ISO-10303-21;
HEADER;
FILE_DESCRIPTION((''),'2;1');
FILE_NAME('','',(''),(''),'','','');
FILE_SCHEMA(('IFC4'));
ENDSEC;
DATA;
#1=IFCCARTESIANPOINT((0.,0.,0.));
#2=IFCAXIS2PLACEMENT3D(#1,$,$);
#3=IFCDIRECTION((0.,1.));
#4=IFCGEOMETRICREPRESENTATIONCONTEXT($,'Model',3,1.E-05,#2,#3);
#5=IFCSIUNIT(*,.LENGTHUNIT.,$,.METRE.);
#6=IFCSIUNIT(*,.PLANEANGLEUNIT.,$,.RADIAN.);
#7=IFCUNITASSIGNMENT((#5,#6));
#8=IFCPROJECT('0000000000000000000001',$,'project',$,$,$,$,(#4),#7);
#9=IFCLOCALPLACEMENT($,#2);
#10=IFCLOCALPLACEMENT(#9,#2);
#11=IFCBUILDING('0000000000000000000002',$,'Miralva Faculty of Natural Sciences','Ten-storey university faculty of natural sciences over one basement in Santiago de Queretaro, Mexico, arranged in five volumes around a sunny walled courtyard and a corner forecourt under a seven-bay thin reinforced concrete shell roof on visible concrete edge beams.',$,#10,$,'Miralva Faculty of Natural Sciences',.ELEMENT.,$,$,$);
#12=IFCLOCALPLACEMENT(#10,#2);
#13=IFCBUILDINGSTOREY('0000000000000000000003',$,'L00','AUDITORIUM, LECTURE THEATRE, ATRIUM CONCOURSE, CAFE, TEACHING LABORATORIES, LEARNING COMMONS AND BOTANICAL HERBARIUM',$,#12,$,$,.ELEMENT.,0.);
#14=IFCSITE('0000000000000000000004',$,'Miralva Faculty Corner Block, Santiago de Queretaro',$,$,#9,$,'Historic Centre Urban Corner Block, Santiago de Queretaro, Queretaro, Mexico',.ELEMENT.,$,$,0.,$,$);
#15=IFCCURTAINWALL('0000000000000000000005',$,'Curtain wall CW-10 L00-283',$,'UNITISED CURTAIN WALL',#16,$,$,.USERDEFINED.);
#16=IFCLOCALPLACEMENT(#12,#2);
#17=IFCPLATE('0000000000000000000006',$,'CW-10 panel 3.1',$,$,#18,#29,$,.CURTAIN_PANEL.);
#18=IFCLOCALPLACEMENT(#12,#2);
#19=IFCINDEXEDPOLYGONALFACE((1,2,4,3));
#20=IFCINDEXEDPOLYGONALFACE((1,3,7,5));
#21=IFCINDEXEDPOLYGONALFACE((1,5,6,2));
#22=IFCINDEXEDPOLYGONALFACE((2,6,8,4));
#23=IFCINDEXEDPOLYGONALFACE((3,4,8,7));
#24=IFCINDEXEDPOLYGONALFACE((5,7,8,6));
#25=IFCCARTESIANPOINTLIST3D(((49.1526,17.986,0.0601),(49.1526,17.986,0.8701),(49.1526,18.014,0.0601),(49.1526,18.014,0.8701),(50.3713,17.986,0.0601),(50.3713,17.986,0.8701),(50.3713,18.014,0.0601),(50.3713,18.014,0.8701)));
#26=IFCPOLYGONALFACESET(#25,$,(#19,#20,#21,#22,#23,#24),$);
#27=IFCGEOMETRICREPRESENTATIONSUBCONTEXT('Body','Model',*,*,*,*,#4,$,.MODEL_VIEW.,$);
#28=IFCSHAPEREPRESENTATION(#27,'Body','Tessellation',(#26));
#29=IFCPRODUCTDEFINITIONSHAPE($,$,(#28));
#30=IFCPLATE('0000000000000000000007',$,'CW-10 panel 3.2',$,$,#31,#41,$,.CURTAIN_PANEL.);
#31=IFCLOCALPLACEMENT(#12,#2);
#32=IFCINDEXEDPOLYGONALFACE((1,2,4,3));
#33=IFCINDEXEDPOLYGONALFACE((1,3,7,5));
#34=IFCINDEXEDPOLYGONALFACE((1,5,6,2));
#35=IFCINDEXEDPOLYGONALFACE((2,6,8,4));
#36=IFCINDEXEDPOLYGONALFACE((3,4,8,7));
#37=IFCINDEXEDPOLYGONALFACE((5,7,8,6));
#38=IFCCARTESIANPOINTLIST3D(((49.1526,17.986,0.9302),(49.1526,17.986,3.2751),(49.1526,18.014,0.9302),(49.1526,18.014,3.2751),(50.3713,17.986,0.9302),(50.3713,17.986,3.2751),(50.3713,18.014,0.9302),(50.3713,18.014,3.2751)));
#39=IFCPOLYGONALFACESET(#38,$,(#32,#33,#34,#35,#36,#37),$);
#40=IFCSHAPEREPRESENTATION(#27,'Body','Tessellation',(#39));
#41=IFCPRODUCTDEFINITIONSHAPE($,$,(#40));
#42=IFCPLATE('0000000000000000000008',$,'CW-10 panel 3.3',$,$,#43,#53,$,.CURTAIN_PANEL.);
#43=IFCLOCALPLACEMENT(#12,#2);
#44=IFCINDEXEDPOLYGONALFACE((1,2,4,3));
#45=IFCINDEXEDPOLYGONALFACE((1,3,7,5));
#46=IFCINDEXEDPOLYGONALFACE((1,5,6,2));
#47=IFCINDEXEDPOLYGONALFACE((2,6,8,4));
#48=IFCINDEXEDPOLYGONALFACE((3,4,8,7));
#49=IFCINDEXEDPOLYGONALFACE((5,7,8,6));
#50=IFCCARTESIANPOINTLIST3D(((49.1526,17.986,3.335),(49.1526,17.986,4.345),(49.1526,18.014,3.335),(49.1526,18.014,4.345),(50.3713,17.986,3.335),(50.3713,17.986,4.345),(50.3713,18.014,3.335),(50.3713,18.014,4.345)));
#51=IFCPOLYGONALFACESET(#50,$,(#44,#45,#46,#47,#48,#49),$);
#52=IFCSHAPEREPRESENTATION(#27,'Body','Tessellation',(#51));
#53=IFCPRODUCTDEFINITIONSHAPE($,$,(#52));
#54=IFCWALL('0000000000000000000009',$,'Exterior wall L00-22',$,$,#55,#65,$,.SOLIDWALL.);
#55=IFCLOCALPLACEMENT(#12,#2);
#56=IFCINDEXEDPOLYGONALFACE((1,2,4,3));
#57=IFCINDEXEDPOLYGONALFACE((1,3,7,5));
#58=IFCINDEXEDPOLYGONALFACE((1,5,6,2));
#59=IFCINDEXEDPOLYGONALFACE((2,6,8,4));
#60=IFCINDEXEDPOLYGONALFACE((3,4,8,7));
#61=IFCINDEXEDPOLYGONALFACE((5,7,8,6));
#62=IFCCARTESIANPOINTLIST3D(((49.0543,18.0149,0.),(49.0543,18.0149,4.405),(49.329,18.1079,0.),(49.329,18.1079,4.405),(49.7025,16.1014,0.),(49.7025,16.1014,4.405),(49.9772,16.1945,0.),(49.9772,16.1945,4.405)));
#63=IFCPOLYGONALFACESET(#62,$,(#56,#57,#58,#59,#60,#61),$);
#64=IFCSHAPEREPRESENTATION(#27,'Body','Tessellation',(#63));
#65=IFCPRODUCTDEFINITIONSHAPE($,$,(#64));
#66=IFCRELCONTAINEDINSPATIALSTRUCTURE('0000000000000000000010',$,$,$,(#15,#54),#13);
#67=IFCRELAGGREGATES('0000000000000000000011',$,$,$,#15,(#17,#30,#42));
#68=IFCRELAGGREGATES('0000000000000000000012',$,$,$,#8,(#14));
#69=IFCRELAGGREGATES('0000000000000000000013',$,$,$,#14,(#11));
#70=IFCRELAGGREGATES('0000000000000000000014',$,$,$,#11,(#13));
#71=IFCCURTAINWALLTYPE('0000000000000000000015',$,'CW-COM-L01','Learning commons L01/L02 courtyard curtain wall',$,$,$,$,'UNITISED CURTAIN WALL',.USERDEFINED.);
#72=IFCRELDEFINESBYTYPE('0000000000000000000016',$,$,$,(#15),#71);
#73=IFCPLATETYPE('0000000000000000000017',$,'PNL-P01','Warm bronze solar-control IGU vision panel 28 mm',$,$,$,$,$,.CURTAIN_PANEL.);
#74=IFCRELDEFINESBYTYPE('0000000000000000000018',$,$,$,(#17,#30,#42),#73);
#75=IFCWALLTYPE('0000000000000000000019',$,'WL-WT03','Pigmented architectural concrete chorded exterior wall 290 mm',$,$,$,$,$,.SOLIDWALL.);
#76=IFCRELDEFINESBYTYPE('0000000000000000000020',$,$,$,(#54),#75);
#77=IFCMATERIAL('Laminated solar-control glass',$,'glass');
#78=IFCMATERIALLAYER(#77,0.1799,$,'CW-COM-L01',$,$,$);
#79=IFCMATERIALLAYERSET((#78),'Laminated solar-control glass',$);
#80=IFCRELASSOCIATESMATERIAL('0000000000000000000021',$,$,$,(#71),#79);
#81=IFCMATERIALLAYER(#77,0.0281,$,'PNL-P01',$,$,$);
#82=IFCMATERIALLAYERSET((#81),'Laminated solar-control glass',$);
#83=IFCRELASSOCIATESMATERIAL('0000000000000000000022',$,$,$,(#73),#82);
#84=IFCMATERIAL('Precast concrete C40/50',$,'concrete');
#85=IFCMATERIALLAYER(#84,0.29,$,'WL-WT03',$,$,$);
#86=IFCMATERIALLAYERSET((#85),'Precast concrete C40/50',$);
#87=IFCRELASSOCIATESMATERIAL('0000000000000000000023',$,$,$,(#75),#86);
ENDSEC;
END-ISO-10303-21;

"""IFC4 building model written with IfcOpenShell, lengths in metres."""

from ifc_helpers import new_model, si_unit, direction, frame, frame_2d, origin, origin_2d, place, context, subcontext, project, spatial, rectangle, extrude, material, layer, layer_set, type_object, element, aggregate, save


model = new_model("IFC4")

# Units and contexts
model_context = context("Model", 3, precision=1e-05, world=origin(), true_north=direction((0.0, 1.0)))
body_context = subcontext(model_context, "Body", "Model", "MODEL_VIEW")
ifc_project = project(units=[si_unit("LENGTHUNIT", "METRE"), si_unit("PLANEANGLEUNIT", "RADIAN")], contexts=[model_context])

# Site, building, storey
site_placement = place(None, origin())
site = spatial("IfcSite", under=ifc_project, at=site_placement, Name="Miralva Faculty Corner Block, Santiago de Queretaro", LongName="Historic Centre Urban Corner Block, Santiago de Queretaro, Queretaro, Mexico", CompositionType="ELEMENT", RefElevation=0.0)
building_placement = place(site_placement, origin())
building = spatial("IfcBuilding", under=site, at=building_placement, Name="Miralva Faculty of Natural Sciences", Description="Ten-storey university faculty of natural sciences over one basement in Santiago de Queretaro, Mexico, arranged in five volumes around a sunny walled courtyard and a corner forecourt under a seven-bay thin reinforced concrete shell roof on visible concrete edge beams.", LongName="Miralva Faculty of Natural Sciences", CompositionType="ELEMENT")
storey_placement = place(building_placement, origin())
storey = spatial("IfcBuildingStorey", under=building, at=storey_placement, Name="L00", Description="AUDITORIUM, LECTURE THEATRE, ATRIUM CONCOURSE, CAFE, TEACHING LABORATORIES, LEARNING COMMONS AND BOTANICAL HERBARIUM", CompositionType="ELEMENT", Elevation=0.0)

# Shared definitions
ifc_material_1 = material(Name="Laminated solar-control glass", Category="glass")
ifc_layer_1 = layer(ifc_material_1, 0.1799, Name="CW-COM-L01")
ifc_layer_set_1 = layer_set([ifc_layer_1], Name="Laminated solar-control glass")
curtain_wall_type = type_object("IfcCurtainWallType", Name="CW-COM-L01", Description="Learning commons L01/L02 courtyard curtain wall", ElementType="UNITISED CURTAIN WALL", PredefinedType="USERDEFINED", material=ifc_layer_set_1)

# Curtain wall
curtain_wall_1_placement = place(storey_placement, origin())
curtain_wall_1 = element("IfcCurtainWall", 1, at=curtain_wall_1_placement, inside=storey, type_object=curtain_wall_type, Name="Curtain wall CW-10 L00-283", ObjectType="UNITISED CURTAIN WALL", PredefinedType="USERDEFINED")

# Plates
ifc_layer_2 = layer(ifc_material_1, 0.0281, Name="PNL-P01")
ifc_layer_set_2 = layer_set([ifc_layer_2], Name="Laminated solar-control glass")
plate_type = type_object("IfcPlateType", Name="PNL-P01", Description="Warm bronze solar-control IGU vision panel 28 mm", PredefinedType="CURTAIN_PANEL", material=ifc_layer_set_2)
plate_1_placement = place(storey_placement, frame((49.762, 18.0, 0.0601), z_axis=(0.0, 0.0, 1.0), x_axis=(1.0, 0.0, 0.0)))
plate_1 = element("IfcPlate", 2, at=plate_1_placement, type_object=plate_type, Name="CW-10 panel 3.1", PredefinedType="CURTAIN_PANEL", context=body_context, shape_type="SweptSolid", body=[
    extrude(rectangle(XDim=1.2188, YDim=0.0281, at=origin_2d()), origin(), (0.0, 0.0, 1.0), 0.8101),
])
plate_2_placement = place(storey_placement, frame((49.762, 18.0, 0.9302), z_axis=(0.0, 0.0, 1.0), x_axis=(1.0, 0.0, 0.0)))
plate_2 = element("IfcPlate", 3, at=plate_2_placement, type_object=plate_type, Name="CW-10 panel 3.2", PredefinedType="CURTAIN_PANEL", context=body_context, shape_type="SweptSolid", body=[
    extrude(rectangle(XDim=1.2188, YDim=0.0281, at=origin_2d()), origin(), (0.0, 0.0, 1.0), 2.345),
])
plate_3_placement = place(storey_placement, frame((49.762, 18.0, 3.335), z_axis=(0.0, 0.0, 1.0), x_axis=(1.0, 0.0, 0.0)))
plate_3 = element("IfcPlate", 4, at=plate_3_placement, type_object=plate_type, Name="CW-10 panel 3.3", PredefinedType="CURTAIN_PANEL", context=body_context, shape_type="SweptSolid", body=[
    extrude(rectangle(XDim=1.2188, YDim=0.0281, at=origin_2d()), origin(), (0.0, 0.0, 1.0), 1.01),
])
aggregate(curtain_wall_1, [plate_1, plate_2, plate_3])

# Wall
ifc_material_2 = material(Name="Precast concrete C40/50", Category="concrete")
ifc_layer_3 = layer(ifc_material_2, 0.29, Name="WL-WT03")
ifc_layer_set_3 = layer_set([ifc_layer_3], Name="Precast concrete C40/50")
wall_type = type_object("IfcWallType", Name="WL-WT03", Description="Pigmented architectural concrete chorded exterior wall 290 mm", PredefinedType="SOLIDWALL", material=ifc_layer_set_3)
wall_placement = place(storey_placement, frame((49.1917, 18.0615, 0.0), z_axis=(0.0, 0.0, 1.0), x_axis=(0.320828, -0.947137, 0.0)))
element("IfcWall", 5, at=wall_placement, inside=storey, type_object=wall_type, Name="Exterior wall L00-22", PredefinedType="SOLIDWALL", context=body_context, shape_type="SweptSolid", body=[
    extrude(rectangle(XDim=2.0203, YDim=0.29, at=frame_2d((1.0103, 0.0))), origin(), (0.0, 0.0, 1.0), 4.405),
])

save(model, "model.ifc")
